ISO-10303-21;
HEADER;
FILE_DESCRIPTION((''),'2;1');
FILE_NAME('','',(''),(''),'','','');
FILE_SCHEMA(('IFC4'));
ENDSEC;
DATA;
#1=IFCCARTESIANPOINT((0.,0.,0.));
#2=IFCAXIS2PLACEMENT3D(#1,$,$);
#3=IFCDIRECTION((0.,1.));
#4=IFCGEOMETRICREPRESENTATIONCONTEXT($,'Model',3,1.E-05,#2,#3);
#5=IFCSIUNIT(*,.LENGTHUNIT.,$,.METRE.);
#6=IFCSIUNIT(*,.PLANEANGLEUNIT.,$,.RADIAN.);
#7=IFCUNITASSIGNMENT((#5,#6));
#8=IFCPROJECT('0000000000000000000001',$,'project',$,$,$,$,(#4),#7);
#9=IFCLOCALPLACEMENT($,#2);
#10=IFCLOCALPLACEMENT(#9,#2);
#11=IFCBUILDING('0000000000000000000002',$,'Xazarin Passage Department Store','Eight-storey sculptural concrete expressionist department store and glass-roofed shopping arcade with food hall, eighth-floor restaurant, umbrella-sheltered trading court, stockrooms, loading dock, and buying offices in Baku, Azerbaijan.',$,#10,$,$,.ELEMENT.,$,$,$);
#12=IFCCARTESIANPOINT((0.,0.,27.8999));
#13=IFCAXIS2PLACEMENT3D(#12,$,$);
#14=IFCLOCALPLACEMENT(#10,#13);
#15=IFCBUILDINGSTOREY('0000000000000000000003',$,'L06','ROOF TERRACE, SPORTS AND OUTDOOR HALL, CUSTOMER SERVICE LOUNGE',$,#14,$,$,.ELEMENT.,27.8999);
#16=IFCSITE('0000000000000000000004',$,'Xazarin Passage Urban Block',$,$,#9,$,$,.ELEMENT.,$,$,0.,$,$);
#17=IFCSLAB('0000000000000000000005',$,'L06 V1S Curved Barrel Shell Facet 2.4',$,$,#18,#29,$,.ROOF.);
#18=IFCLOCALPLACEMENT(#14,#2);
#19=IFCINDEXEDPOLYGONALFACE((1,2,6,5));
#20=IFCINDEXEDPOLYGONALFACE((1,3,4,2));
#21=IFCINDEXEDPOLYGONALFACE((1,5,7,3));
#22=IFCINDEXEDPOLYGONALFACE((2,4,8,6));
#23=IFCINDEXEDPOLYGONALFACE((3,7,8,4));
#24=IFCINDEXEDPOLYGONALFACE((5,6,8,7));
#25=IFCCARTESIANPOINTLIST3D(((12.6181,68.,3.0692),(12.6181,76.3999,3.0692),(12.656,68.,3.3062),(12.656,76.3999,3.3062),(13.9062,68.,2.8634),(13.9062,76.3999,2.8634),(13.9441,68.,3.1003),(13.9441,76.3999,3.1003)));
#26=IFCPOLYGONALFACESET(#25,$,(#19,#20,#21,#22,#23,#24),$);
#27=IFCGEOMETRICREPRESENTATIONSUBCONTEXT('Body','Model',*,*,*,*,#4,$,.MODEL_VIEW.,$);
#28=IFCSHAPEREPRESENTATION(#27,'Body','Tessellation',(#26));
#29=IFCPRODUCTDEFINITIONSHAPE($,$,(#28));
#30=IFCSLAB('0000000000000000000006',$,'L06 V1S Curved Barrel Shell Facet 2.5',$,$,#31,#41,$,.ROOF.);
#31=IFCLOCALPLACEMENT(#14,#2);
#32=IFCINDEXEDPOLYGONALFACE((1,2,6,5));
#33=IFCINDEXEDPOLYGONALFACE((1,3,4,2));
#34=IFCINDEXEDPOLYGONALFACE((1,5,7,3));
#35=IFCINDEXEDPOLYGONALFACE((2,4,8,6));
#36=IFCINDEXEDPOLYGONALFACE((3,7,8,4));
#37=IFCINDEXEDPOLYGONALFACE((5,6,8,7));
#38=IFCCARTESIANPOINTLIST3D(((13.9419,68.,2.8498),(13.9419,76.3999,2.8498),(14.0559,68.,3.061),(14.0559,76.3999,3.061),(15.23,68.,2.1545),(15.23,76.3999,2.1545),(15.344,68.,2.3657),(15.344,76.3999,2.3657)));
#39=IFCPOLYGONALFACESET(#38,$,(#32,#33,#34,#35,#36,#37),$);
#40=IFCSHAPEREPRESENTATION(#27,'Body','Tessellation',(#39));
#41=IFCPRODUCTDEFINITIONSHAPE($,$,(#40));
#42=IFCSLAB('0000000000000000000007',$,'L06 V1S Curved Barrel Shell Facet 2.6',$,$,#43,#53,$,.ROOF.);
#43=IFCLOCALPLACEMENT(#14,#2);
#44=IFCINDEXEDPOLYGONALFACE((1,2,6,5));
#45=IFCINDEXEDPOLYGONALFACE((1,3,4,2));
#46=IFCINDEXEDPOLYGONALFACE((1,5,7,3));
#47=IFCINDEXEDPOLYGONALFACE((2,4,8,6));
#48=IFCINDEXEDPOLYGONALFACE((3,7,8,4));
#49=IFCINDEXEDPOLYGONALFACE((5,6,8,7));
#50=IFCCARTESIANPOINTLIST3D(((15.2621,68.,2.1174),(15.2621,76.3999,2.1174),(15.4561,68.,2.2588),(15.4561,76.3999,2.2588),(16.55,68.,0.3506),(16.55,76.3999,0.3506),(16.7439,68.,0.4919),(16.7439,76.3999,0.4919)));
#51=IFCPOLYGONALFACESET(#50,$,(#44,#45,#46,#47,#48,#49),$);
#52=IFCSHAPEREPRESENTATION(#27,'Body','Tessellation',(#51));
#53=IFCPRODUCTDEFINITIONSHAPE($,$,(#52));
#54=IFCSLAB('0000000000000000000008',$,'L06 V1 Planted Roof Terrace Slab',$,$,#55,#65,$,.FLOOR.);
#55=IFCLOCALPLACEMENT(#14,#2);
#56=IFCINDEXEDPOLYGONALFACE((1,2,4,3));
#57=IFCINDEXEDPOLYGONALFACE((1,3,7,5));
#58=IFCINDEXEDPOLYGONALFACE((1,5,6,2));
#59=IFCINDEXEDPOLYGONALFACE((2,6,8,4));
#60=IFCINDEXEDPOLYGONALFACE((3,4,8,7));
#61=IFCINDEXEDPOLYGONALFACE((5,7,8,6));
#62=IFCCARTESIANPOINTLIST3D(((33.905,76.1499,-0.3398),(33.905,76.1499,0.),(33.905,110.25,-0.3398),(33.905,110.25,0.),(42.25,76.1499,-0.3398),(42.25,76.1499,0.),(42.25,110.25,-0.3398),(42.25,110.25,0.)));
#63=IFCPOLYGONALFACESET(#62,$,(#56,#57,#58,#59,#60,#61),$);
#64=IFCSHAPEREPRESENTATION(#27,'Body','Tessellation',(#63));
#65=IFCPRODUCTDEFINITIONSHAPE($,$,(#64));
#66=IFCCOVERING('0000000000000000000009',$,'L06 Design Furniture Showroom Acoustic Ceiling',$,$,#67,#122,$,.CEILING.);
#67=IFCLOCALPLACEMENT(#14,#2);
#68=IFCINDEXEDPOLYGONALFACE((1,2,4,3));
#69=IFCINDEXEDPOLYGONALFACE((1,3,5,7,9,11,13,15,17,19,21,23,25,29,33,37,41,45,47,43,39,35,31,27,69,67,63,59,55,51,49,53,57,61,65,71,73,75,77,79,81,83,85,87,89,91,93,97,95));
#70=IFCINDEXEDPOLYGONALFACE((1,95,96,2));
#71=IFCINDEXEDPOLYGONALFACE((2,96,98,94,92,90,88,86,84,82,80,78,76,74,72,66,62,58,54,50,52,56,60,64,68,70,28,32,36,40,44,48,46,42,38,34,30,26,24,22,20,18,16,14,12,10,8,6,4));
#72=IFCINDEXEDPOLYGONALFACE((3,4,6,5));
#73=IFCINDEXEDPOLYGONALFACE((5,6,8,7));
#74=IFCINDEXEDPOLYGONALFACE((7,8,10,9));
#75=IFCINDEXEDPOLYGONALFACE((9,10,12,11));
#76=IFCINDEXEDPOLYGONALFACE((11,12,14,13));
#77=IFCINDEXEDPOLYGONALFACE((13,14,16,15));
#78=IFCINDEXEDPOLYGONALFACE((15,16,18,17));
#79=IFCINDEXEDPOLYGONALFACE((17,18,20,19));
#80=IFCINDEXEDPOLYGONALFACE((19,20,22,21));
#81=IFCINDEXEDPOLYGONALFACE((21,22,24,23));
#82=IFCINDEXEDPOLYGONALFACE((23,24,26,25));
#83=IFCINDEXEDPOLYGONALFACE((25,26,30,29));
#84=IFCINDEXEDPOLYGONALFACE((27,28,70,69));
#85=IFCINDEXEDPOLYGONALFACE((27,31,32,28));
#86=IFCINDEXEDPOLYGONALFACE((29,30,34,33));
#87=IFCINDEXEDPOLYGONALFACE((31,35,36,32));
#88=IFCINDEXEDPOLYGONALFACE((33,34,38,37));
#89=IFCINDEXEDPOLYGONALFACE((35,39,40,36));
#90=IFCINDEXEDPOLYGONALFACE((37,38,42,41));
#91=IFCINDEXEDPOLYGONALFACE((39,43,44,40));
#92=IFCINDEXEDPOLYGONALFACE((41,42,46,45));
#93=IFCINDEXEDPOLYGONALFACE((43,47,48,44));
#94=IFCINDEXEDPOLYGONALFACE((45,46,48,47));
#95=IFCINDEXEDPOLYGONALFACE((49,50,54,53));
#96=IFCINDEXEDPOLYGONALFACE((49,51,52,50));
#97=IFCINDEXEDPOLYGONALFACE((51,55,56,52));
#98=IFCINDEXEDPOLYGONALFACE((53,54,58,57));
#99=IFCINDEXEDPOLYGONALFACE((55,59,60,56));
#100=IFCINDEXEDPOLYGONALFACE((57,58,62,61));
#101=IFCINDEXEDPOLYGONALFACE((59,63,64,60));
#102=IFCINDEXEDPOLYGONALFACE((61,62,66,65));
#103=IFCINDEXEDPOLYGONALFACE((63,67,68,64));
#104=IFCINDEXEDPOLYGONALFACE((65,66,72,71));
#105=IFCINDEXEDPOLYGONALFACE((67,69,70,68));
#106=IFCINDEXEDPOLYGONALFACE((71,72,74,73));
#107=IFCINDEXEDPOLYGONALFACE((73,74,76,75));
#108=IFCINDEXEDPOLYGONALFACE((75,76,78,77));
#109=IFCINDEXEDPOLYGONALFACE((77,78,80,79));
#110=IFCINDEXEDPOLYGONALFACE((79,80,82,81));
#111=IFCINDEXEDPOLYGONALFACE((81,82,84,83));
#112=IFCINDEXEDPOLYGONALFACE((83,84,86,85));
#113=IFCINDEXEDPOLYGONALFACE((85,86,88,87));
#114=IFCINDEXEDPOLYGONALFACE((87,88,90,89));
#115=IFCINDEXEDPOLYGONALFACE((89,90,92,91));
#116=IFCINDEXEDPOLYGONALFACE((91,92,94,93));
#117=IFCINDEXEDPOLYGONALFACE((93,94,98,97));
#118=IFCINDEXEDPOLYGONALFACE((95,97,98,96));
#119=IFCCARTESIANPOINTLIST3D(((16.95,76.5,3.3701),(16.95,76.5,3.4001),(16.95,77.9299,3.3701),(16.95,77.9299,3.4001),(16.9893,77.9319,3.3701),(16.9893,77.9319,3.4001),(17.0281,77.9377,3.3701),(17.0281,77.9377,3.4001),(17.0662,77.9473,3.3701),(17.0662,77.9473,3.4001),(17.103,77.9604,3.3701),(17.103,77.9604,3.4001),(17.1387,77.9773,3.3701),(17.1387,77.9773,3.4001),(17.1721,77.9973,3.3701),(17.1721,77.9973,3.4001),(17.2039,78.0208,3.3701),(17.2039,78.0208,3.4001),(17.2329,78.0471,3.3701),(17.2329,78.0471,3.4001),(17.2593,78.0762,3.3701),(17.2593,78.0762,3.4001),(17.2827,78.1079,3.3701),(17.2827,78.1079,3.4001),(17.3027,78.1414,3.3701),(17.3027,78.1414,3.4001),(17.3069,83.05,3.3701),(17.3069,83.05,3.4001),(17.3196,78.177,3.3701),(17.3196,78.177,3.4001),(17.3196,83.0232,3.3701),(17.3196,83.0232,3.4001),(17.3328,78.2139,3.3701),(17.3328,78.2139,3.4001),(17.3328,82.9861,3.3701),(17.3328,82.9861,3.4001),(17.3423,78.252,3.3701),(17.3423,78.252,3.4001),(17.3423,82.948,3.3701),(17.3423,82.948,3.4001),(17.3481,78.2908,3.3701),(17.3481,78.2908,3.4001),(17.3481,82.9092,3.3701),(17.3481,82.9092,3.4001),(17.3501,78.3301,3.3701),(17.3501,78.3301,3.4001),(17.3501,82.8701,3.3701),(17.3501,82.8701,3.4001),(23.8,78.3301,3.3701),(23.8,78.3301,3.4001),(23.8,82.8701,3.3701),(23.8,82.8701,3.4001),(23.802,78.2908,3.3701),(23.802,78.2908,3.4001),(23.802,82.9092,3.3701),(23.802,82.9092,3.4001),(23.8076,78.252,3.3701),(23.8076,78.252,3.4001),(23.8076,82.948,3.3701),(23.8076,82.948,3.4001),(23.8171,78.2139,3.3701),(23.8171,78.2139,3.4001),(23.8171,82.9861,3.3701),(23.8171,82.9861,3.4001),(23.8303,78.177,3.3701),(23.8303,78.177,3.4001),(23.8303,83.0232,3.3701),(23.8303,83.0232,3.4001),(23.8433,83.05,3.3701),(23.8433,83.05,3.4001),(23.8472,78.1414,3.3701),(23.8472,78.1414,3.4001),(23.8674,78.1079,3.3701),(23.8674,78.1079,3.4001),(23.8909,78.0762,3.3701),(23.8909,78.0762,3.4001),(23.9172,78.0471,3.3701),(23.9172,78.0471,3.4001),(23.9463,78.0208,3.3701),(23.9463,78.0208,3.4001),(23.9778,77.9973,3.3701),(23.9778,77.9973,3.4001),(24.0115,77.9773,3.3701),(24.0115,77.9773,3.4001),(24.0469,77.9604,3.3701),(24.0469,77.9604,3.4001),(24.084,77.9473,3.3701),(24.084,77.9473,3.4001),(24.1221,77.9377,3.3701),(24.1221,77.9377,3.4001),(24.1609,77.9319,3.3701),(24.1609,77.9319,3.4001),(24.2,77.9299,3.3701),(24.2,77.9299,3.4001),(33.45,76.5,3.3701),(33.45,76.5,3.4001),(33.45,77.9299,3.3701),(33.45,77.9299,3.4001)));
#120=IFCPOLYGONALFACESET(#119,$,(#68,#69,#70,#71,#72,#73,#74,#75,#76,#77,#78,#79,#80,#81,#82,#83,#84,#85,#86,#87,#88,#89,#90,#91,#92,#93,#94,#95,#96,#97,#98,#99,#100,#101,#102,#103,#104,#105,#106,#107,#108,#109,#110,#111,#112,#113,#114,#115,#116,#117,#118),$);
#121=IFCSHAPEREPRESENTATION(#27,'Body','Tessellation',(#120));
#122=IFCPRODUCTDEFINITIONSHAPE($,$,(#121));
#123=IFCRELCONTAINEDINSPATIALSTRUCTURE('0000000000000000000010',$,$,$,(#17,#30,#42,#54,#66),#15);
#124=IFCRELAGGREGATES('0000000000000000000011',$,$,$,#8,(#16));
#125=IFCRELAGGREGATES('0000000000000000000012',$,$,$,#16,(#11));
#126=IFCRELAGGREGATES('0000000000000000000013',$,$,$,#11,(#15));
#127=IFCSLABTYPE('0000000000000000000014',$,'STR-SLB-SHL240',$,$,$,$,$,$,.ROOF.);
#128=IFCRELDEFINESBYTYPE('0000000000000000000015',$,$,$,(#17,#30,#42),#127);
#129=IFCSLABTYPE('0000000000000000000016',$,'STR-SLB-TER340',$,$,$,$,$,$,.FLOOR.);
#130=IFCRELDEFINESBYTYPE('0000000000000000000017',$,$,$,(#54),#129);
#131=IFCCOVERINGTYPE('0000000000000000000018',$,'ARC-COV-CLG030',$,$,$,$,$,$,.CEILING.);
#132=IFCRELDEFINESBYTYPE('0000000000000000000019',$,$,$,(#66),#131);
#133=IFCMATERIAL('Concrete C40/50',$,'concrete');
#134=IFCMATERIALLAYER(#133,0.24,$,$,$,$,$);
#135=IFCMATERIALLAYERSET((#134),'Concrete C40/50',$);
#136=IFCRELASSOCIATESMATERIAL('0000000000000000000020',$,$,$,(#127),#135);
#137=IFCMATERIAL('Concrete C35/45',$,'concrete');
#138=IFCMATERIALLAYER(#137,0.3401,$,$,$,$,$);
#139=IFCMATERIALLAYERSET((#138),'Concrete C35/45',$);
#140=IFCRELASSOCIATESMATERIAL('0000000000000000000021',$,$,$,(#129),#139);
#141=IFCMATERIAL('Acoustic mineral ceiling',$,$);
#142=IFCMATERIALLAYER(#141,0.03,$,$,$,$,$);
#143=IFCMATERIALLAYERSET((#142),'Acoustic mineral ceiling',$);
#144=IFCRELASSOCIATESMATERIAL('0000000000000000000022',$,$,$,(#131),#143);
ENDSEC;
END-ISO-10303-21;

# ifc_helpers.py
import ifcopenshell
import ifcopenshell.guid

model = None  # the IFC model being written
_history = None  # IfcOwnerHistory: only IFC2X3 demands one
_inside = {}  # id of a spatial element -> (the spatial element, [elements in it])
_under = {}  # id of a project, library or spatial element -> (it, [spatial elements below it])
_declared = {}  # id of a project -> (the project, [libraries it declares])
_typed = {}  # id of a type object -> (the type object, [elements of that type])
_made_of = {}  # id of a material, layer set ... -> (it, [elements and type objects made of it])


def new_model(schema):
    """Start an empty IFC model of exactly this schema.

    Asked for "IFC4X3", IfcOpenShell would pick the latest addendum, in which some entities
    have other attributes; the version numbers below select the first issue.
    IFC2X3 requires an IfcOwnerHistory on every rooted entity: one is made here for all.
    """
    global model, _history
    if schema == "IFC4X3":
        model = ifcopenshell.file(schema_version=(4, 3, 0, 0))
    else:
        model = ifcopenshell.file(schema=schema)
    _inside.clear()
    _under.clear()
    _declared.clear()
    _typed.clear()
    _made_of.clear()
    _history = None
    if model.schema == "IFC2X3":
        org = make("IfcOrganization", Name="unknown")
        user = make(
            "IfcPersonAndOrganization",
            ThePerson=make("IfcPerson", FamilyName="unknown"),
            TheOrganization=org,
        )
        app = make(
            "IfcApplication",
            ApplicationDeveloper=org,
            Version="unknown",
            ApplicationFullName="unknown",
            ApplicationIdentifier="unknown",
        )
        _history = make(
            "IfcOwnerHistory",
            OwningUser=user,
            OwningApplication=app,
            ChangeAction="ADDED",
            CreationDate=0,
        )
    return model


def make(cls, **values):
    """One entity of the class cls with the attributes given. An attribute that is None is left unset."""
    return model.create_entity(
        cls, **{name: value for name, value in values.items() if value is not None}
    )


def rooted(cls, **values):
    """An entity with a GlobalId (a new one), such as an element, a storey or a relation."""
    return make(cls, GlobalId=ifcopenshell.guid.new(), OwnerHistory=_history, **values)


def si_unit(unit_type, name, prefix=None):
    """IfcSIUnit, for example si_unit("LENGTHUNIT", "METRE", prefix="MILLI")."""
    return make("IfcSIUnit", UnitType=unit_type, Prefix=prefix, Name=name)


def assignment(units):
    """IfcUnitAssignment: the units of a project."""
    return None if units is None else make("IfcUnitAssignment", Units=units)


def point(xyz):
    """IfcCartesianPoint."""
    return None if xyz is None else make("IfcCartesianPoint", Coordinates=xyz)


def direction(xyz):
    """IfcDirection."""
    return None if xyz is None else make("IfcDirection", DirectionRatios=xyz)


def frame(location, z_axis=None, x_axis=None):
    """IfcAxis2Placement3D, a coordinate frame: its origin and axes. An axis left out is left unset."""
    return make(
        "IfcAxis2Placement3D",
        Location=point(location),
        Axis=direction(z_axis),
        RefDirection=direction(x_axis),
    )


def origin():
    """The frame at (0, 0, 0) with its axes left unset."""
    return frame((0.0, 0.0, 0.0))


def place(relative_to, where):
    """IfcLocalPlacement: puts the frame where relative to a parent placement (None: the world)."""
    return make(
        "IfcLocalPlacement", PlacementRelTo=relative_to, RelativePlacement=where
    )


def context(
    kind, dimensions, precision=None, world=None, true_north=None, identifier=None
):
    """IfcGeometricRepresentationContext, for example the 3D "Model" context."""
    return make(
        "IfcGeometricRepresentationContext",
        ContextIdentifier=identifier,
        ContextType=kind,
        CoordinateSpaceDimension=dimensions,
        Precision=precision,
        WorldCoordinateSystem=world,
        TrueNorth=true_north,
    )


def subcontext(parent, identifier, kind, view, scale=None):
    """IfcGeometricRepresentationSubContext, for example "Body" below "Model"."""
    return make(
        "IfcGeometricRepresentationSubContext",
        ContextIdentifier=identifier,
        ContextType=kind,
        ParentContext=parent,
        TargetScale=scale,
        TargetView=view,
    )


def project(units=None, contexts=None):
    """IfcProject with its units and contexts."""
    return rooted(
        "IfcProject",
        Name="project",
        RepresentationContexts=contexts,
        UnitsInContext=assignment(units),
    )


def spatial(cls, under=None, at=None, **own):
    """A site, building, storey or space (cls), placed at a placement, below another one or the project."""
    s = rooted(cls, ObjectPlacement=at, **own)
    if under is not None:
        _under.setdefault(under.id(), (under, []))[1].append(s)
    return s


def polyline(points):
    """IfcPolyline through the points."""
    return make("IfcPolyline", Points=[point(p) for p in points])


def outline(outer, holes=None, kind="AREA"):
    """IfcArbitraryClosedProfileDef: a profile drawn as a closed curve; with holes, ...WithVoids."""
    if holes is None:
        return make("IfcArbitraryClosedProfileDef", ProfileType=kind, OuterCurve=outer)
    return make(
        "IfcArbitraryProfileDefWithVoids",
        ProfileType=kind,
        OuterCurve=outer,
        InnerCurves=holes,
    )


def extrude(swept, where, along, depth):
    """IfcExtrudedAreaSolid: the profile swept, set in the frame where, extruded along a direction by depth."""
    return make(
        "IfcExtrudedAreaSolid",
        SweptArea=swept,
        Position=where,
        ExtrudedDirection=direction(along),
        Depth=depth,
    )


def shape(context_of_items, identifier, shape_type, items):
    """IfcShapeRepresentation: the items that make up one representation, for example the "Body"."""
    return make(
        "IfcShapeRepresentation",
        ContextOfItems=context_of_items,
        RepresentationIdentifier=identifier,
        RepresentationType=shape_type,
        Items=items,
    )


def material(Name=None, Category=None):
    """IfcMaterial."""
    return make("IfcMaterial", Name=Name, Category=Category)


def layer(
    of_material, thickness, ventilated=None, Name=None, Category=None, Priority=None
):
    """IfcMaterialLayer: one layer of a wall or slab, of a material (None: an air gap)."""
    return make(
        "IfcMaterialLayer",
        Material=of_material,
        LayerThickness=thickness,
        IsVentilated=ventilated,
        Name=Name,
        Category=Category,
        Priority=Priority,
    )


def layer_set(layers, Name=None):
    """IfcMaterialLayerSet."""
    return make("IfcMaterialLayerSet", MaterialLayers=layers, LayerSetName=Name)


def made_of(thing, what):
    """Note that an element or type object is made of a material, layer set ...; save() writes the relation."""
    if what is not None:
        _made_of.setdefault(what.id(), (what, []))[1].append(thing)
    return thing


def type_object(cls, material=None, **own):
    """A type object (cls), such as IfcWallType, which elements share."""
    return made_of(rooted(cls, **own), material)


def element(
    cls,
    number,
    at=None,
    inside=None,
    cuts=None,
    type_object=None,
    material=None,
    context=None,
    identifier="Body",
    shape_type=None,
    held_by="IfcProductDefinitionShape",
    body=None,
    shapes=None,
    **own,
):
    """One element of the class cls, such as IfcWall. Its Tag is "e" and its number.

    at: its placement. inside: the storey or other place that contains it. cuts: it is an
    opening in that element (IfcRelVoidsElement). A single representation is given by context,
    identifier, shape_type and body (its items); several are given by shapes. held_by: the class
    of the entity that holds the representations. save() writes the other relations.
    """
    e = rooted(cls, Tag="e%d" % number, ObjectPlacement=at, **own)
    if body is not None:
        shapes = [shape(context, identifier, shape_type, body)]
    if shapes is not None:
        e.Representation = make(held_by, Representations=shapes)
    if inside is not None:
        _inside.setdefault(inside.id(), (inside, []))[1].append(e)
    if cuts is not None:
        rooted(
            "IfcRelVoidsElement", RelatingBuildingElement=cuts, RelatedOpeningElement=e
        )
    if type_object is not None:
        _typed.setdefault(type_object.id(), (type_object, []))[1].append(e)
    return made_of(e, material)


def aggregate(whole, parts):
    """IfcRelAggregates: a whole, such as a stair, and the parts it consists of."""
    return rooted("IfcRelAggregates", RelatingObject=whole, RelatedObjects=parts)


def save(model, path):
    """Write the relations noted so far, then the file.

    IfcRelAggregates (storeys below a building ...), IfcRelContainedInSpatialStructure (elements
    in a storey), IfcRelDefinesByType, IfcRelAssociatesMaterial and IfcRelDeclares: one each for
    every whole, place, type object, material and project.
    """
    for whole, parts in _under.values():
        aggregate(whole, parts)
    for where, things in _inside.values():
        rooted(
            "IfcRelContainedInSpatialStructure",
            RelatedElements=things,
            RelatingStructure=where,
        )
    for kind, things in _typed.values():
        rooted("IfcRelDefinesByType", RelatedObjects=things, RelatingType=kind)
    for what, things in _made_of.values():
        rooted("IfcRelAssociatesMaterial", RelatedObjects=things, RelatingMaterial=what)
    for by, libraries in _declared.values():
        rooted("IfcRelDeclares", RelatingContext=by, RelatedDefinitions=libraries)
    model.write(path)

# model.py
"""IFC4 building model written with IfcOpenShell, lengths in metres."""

from ifc_helpers import new_model, si_unit, direction, frame, origin, place, context, subcontext, project, spatial, polyline, outline, extrude, material, layer, layer_set, type_object, element, save


model = new_model("IFC4")

# Units and contexts
model_context = context("Model", 3, precision=1e-05, world=origin(), true_north=direction((0.0, 1.0)))
body_context = subcontext(model_context, "Body", "Model", "MODEL_VIEW")
ifc_project = project(units=[si_unit("LENGTHUNIT", "METRE"), si_unit("PLANEANGLEUNIT", "RADIAN")], contexts=[model_context])

# Site, building, storey
site_placement = place(None, origin())
site = spatial("IfcSite", under=ifc_project, at=site_placement, Name="Xazarin Passage Urban Block", CompositionType="ELEMENT", RefElevation=0.0)
building_placement = place(site_placement, origin())
building = spatial("IfcBuilding", under=site, at=building_placement, Name="Xazarin Passage Department Store", Description="Eight-storey sculptural concrete expressionist department store and glass-roofed shopping arcade with food hall, eighth-floor restaurant, umbrella-sheltered trading court, stockrooms, loading dock, and buying offices in Baku, Azerbaijan.", CompositionType="ELEMENT")
storey_placement = place(building_placement, frame((0.0, 0.0, 27.8999)))
storey = spatial("IfcBuildingStorey", under=building, at=storey_placement, Name="L06", Description="ROOF TERRACE, SPORTS AND OUTDOOR HALL, CUSTOMER SERVICE LOUNGE", CompositionType="ELEMENT", Elevation=27.8999)

# Shared definitions
ifc_material_1 = material(Name="Concrete C35/45", Category="concrete")

# Slabs
ifc_material_2 = material(Name="Concrete C40/50", Category="concrete")
ifc_layer_1 = layer(ifc_material_2, 0.24)
ifc_layer_set_1 = layer_set([ifc_layer_1], Name="Concrete C40/50")
slab_type_1 = type_object("IfcSlabType", Name="STR-SLB-SHL240", PredefinedType="ROOF", material=ifc_layer_set_1)
slab_1_placement = place(storey_placement, frame((12.656, 68.0, 3.3062), z_axis=(0.157779, 0.0, 0.987474), x_axis=(0.987474, 0.0, -0.157779)))
element("IfcSlab", 1, at=slab_1_placement, inside=storey, type_object=slab_type_1, Name="L06 V1S Curved Barrel Shell Facet 2.4", PredefinedType="ROOF", context=body_context, shape_type="SweptSolid", body=[
    extrude(outline(polyline([(0.0, 0.0), (1.3044, 0.0), (1.3044, 8.3999), (0.0, 8.3999), (0.0, 0.0)])), origin(), (0.0, 0.0, -1.0), 0.24),
])
slab_2_placement = place(storey_placement, frame((14.0559, 68.0, 3.061), z_axis=(0.475015, 0.0, 0.879978), x_axis=(0.879978, 0.0, -0.475015)))
element("IfcSlab", 2, at=slab_2_placement, inside=storey, type_object=slab_type_1, Name="L06 V1S Curved Barrel Shell Facet 2.5", PredefinedType="ROOF", context=body_context, shape_type="SweptSolid", body=[
    extrude(outline(polyline([(0.0, 0.0), (1.4638, 0.0), (1.4638, 8.3999), (0.0, 8.3999), (0.0, 0.0)])), origin(), (0.0, 0.0, -1.0), 0.24),
])
slab_3_placement = place(storey_placement, frame((15.4561, 68.0, 2.2588), z_axis=(0.808113, 0.0, 0.589028), x_axis=(0.589028, 0.0, -0.808113)))
element("IfcSlab", 3, at=slab_3_placement, inside=storey, type_object=slab_type_1, Name="L06 V1S Curved Barrel Shell Facet 2.6", PredefinedType="ROOF", context=body_context, shape_type="SweptSolid", body=[
    extrude(outline(polyline([(0.0, 0.0), (2.1864, 0.0), (2.1864, 8.3999), (0.0, 8.3999), (0.0, 0.0)])), origin(), (0.0, 0.0, -1.0), 0.24),
])
ifc_layer_2 = layer(ifc_material_1, 0.3401)
ifc_layer_set_2 = layer_set([ifc_layer_2], Name="Concrete C35/45")
slab_type_2 = type_object("IfcSlabType", Name="STR-SLB-TER340", PredefinedType="FLOOR", material=ifc_layer_set_2)
slab_4_placement = place(storey_placement, frame((0.0, 0.0, -0.3398)))
element("IfcSlab", 4, at=slab_4_placement, inside=storey, type_object=slab_type_2, Name="L06 V1 Planted Roof Terrace Slab", PredefinedType="FLOOR", context=body_context, shape_type="SweptSolid", body=[
    extrude(outline(polyline([(33.905, 110.25), (33.905, 76.1499), (42.25, 76.1499), (42.25, 110.25), (33.905, 110.25)])), origin(), (0.0, 0.0, 1.0), 0.3398),
])

# Covering
ifc_material_3 = material(Name="Acoustic mineral ceiling")
ifc_layer_3 = layer(ifc_material_3, 0.03)
ifc_layer_set_3 = layer_set([ifc_layer_3], Name="Acoustic mineral ceiling")
covering_type_1 = type_object("IfcCoveringType", Name="ARC-COV-CLG030", PredefinedType="CEILING", material=ifc_layer_set_3)
covering_1_placement = place(storey_placement, frame((0.0, 0.0, 3.3701)))
element("IfcCovering", 5, at=covering_1_placement, inside=storey, type_object=covering_type_1, Name="L06 Design Furniture Showroom Acoustic Ceiling", PredefinedType="CEILING", context=body_context, shape_type="SweptSolid", body=[
    extrude(outline(polyline([(17.3069, 83.05), (17.3196, 83.0232), (17.3328, 82.9861), (17.3423, 82.948), (17.3481, 82.9092), (17.3501, 82.8701), (17.3501, 78.3301), (17.3481, 78.2908), (17.3423, 78.252), (17.3328, 78.2139), (17.3196, 78.177), (17.3027, 78.1414), (17.2827, 78.1079), (17.2593, 78.0762), (17.2329, 78.0471), (17.2039, 78.0208), (17.1721, 77.9973), (17.1387, 77.9773), (17.103, 77.9604), (17.0662, 77.9473), (17.0281, 77.9377), (16.9893, 77.9319), (16.95, 77.9299), (16.95, 76.5), (33.45, 76.5), (33.45, 77.9299), (24.2, 77.9299), (24.1609, 77.9319), (24.1221, 77.9377), (24.084, 77.9473), (24.0469, 77.9604), (24.0115, 77.9773), (23.9778, 77.9973), (23.9463, 78.0208), (23.9172, 78.0471), (23.8909, 78.0762), (23.8674, 78.1079), (23.8472, 78.1414), (23.8303, 78.177), (23.8171, 78.2139), (23.8076, 78.252), (23.802, 78.2908), (23.8, 78.3301), (23.8, 82.8701), (23.802, 82.9092), (23.8076, 82.948), (23.8171, 82.9861), (23.8303, 83.0232), (23.8433, 83.05), (17.3069, 83.05)])), origin(), (0.0, 0.0, 1.0), 0.03),
])

save(model, "model.ifc")
